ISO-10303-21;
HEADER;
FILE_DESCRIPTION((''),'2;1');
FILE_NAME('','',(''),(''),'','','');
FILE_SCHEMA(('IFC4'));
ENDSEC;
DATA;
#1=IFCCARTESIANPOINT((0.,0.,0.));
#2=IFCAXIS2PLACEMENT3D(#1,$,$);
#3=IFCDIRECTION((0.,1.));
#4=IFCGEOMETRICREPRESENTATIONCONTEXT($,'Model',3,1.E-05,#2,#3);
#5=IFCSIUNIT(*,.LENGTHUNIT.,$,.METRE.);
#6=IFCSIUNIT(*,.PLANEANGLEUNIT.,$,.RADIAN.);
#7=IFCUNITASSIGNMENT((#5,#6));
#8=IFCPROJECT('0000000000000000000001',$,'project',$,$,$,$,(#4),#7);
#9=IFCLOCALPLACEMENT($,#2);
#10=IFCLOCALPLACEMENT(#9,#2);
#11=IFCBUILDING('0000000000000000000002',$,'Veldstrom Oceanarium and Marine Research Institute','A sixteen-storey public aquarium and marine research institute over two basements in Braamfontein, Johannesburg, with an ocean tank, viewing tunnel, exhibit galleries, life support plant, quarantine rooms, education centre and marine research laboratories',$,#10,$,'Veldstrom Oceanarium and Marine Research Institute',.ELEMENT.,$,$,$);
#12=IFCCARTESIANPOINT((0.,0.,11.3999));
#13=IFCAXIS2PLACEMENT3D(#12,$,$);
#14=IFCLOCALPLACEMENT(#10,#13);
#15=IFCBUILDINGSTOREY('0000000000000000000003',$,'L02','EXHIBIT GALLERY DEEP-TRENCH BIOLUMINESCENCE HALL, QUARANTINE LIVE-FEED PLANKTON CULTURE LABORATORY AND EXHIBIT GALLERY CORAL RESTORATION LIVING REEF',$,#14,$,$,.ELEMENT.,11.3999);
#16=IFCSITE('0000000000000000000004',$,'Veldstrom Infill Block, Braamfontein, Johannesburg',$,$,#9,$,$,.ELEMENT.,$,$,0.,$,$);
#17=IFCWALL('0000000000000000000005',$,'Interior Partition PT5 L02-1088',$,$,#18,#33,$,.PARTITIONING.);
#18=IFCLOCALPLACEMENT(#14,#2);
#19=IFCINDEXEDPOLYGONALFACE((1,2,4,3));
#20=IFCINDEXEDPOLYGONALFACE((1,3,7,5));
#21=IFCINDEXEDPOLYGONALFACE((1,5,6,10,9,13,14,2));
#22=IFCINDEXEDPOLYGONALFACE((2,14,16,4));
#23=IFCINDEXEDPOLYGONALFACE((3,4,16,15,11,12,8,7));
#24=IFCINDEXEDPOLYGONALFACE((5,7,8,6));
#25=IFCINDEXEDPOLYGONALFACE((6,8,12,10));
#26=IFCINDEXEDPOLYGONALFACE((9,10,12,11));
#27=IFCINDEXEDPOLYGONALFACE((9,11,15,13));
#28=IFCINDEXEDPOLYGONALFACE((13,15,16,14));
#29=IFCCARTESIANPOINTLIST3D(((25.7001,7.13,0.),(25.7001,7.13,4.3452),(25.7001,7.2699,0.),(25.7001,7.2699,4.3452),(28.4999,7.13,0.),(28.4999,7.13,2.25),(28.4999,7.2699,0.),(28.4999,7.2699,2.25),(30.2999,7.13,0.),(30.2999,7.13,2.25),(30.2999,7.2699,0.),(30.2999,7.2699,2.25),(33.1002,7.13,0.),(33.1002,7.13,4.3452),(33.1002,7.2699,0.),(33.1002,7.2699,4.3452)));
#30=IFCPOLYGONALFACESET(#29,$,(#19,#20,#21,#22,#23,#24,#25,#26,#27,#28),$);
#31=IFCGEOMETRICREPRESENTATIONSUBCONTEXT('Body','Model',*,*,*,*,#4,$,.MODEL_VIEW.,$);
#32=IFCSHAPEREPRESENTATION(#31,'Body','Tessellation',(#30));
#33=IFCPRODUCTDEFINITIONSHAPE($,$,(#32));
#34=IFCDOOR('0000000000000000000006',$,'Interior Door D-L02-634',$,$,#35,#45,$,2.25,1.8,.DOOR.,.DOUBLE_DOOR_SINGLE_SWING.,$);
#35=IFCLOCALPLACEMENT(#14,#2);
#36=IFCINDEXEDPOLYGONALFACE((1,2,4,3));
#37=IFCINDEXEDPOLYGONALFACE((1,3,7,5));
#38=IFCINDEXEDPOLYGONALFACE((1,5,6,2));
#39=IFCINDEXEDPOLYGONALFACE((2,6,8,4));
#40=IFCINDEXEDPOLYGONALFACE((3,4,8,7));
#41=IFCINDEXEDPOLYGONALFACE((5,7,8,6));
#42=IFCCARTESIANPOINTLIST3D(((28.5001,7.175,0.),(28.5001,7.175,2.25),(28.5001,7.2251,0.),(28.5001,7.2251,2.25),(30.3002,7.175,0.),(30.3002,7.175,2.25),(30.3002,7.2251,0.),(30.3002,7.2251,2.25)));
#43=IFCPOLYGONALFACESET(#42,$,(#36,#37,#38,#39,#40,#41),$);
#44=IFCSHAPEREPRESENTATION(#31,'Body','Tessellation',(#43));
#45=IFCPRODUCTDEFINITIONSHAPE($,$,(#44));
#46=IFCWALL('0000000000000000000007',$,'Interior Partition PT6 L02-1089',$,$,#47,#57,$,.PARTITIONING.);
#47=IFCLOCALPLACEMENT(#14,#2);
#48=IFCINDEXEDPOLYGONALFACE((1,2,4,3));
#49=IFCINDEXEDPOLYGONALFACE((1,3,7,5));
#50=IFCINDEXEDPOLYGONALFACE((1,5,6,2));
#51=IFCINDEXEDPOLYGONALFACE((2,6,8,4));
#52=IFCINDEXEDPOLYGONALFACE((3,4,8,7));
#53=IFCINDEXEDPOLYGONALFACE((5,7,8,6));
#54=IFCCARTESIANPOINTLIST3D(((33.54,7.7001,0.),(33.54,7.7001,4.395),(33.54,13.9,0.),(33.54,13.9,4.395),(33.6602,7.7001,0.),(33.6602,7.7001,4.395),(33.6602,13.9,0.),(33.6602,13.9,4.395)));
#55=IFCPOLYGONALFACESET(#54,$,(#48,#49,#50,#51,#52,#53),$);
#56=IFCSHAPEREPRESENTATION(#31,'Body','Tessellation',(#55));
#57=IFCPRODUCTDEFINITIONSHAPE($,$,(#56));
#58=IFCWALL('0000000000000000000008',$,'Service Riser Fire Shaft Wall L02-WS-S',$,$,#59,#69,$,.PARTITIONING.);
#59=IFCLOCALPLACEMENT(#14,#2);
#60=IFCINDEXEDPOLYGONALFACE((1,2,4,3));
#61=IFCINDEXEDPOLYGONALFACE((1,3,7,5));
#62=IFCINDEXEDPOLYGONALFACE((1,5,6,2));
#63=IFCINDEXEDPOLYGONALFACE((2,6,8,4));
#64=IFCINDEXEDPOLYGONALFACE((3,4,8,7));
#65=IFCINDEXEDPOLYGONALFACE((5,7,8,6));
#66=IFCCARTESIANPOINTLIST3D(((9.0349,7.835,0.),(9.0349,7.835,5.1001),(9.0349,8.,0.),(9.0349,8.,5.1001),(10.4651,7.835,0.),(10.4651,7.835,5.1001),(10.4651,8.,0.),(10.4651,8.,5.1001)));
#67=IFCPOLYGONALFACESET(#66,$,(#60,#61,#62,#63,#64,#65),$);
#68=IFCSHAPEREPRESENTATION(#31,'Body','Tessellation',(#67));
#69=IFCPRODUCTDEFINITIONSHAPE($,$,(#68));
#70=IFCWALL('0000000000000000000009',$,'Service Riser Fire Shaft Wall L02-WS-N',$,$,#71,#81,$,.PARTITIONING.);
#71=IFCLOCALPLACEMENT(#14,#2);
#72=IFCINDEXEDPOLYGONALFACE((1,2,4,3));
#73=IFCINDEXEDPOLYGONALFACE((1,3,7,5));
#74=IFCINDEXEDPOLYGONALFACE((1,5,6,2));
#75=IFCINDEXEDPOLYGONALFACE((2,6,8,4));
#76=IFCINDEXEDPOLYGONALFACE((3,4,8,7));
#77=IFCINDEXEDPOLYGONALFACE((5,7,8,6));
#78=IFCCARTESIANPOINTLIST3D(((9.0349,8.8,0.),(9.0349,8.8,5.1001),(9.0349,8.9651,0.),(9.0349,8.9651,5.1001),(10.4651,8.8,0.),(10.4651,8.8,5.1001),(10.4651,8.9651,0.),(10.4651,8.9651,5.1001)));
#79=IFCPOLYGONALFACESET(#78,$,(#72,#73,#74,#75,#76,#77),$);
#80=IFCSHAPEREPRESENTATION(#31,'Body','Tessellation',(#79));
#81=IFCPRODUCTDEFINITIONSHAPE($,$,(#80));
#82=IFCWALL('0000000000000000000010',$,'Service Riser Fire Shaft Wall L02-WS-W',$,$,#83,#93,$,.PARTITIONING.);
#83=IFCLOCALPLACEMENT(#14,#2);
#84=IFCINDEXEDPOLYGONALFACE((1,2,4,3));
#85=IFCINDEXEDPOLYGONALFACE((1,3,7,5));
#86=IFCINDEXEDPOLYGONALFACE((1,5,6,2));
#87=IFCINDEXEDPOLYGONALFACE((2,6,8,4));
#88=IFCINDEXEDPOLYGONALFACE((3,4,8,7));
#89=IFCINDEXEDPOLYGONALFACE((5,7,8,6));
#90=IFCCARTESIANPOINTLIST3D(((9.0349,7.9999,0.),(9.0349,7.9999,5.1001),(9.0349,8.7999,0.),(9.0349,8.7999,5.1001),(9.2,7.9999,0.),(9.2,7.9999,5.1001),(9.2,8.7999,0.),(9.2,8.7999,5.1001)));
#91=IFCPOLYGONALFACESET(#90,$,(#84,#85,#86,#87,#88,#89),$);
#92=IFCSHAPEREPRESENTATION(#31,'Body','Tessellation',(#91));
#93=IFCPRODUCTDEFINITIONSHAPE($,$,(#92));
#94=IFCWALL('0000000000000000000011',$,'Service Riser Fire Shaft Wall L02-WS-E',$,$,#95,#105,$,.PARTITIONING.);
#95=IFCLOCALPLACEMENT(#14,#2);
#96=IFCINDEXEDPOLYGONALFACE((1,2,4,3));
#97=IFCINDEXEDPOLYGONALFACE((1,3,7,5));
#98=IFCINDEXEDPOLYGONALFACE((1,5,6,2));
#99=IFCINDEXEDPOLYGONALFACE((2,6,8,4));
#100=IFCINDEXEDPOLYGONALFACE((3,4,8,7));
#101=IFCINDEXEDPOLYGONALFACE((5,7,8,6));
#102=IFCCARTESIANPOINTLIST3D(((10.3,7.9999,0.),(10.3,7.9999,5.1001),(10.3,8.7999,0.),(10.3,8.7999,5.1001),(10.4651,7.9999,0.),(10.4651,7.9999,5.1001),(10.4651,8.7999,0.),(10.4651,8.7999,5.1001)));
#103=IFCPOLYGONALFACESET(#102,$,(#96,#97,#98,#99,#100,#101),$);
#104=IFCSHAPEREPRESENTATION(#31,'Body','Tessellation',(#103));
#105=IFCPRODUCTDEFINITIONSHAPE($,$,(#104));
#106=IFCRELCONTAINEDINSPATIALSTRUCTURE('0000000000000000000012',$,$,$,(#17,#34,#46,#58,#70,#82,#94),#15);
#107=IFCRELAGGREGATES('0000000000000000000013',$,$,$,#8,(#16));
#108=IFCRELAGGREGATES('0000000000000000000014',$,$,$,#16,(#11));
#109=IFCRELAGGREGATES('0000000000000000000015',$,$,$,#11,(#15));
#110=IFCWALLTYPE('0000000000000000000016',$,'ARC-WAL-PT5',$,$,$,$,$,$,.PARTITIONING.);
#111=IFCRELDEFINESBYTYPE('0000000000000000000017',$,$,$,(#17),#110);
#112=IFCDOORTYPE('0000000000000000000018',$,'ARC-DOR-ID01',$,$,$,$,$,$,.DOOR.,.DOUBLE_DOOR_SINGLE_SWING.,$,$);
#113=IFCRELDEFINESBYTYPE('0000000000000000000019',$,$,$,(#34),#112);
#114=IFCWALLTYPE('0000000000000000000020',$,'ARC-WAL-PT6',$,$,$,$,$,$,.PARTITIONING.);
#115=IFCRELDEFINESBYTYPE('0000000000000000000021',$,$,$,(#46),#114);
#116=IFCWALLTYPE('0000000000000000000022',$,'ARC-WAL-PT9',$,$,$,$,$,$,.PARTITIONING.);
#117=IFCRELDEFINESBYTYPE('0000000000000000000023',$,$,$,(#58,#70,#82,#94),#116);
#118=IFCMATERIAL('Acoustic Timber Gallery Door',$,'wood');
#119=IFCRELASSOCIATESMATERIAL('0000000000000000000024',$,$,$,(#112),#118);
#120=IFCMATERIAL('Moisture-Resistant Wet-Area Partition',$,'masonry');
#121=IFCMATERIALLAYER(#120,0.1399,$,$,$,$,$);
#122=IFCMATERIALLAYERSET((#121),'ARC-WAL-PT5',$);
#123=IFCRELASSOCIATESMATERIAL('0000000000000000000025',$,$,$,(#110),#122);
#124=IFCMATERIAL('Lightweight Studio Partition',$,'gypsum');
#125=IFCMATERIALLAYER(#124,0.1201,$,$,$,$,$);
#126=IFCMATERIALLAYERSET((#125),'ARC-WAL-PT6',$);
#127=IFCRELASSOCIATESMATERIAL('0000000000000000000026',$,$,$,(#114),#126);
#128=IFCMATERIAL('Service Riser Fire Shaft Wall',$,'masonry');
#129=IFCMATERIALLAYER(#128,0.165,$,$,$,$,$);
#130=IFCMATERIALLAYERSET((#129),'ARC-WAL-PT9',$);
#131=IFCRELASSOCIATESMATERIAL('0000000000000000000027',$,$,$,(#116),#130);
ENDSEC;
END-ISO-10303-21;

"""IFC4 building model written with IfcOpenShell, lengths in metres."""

from ifc_helpers import new_model, si_unit, direction, frame, frame_2d, origin, place, context, subcontext, project, spatial, rectangle, extrude, material, layer, layer_set, type_object, element, fill, save


model = new_model("IFC4")

# Units and contexts
model_context = context("Model", 3, precision=1e-05, world=origin(), true_north=direction((0.0, 1.0)))
body_context = subcontext(model_context, "Body", "Model", "MODEL_VIEW")
ifc_project = project(units=[si_unit("LENGTHUNIT", "METRE"), si_unit("PLANEANGLEUNIT", "RADIAN")], contexts=[model_context])

# Site, building, storey
site_placement = place(None, origin())
site = spatial("IfcSite", under=ifc_project, at=site_placement, Name="Veldstrom Infill Block, Braamfontein, Johannesburg", CompositionType="ELEMENT", RefElevation=0.0)
building_placement = place(site_placement, origin())
building = spatial("IfcBuilding", under=site, at=building_placement, Name="Veldstrom Oceanarium and Marine Research Institute", Description="A sixteen-storey public aquarium and marine research institute over two basements in Braamfontein, Johannesburg, with an ocean tank, viewing tunnel, exhibit galleries, life support plant, quarantine rooms, education centre and marine research laboratories", LongName="Veldstrom Oceanarium and Marine Research Institute", CompositionType="ELEMENT")
storey_placement = place(building_placement, frame((0.0, 0.0, 11.3999)))
storey = spatial("IfcBuildingStorey", under=building, at=storey_placement, Name="L02", Description="EXHIBIT GALLERY DEEP-TRENCH BIOLUMINESCENCE HALL, QUARANTINE LIVE-FEED PLANKTON CULTURE LABORATORY AND EXHIBIT GALLERY CORAL RESTORATION LIVING REEF", CompositionType="ELEMENT", Elevation=11.3999)

# Wall, opening, door
ifc_material_1 = material(Name="Acoustic Timber Gallery Door", Category="wood")
door_type_1 = type_object("IfcDoorType", Name="ARC-DOR-ID01", OperationType="DOUBLE_DOOR_SINGLE_SWING", PredefinedType="DOOR", material=ifc_material_1)
ifc_material_2 = material(Name="Moisture-Resistant Wet-Area Partition", Category="masonry")
ifc_layer_1 = layer(ifc_material_2, 0.1399)
ifc_layer_set_1 = layer_set([ifc_layer_1], Name="ARC-WAL-PT5")
wall_type_1 = type_object("IfcWallType", Name="ARC-WAL-PT5", PredefinedType="PARTITIONING", material=ifc_layer_set_1)
wall_1_placement = place(storey_placement, frame((25.7, 7.2, 0.0), z_axis=(0.0, 0.0, 1.0), x_axis=(1.0, 0.0, 0.0)))
wall_1 = element("IfcWall", 1, at=wall_1_placement, inside=storey, type_object=wall_type_1, Name="Interior Partition PT5 L02-1088", PredefinedType="PARTITIONING", context=body_context, shape_type="SweptSolid", body=[
    extrude(rectangle(XDim=7.4001, YDim=0.1399, at=frame_2d((3.7002, 0.0))), origin(), (0.0, 0.0, 1.0), 4.3452),
])
opening_1_placement = place(wall_1_placement, frame((2.8, 0.0, 0.0)))
opening_1 = element("IfcOpeningElement", 2, at=opening_1_placement, cuts=wall_1, PredefinedType="OPENING", context=body_context, shape_type="SweptSolid", body=[
    extrude(rectangle(XDim=1.8, YDim=2.25, at=frame_2d((0.8999, 1.125))), frame((0.0, 0.0798, 0.0), z_axis=(0.0, -1.0, 0.0), x_axis=(1.0, 0.0, 0.0)), (0.0, 0.0, 1.0), 0.1599),
])
door_1_placement = place(opening_1_placement, frame((1.8, 0.0, 0.0), z_axis=(0.0, 0.0, 1.0), x_axis=(-1.0, 0.0, 0.0)))
door_1 = element("IfcDoor", 3, at=door_1_placement, inside=storey, type_object=door_type_1, Name="Interior Door D-L02-634", OperationType="DOUBLE_DOOR_SINGLE_SWING", OverallHeight=2.25, OverallWidth=1.8, PredefinedType="DOOR", context=body_context, shape_type="SweptSolid", body=[
    extrude(rectangle(XDim=1.8, YDim=2.25, at=frame_2d((0.8999, 1.125))), frame((0.0, 0.0249, 0.0), z_axis=(0.0, -1.0, 0.0), x_axis=(1.0, 0.0, 0.0)), (0.0, 0.0, 1.0), 0.05),
])
fill(opening_1, door_1)

# Walls
ifc_material_3 = material(Name="Lightweight Studio Partition", Category="gypsum")
ifc_layer_2 = layer(ifc_material_3, 0.1201)
ifc_layer_set_2 = layer_set([ifc_layer_2], Name="ARC-WAL-PT6")
wall_type_2 = type_object("IfcWallType", Name="ARC-WAL-PT6", PredefinedType="PARTITIONING", material=ifc_layer_set_2)
wall_2_placement = place(storey_placement, frame((33.6001, 7.7, 0.0), z_axis=(0.0, 0.0, 1.0), x_axis=(0.0, 1.0, 0.0)))
element("IfcWall", 4, at=wall_2_placement, inside=storey, type_object=wall_type_2, Name="Interior Partition PT6 L02-1089", PredefinedType="PARTITIONING", context=body_context, shape_type="SweptSolid", body=[
    extrude(rectangle(XDim=6.2, YDim=0.1201, at=frame_2d((3.1001, 0.0))), origin(), (0.0, 0.0, 1.0), 4.395),
])
ifc_material_4 = material(Name="Service Riser Fire Shaft Wall", Category="masonry")
ifc_layer_3 = layer(ifc_material_4, 0.165)
ifc_layer_set_3 = layer_set([ifc_layer_3], Name="ARC-WAL-PT9")
wall_type_3 = type_object("IfcWallType", Name="ARC-WAL-PT9", PredefinedType="PARTITIONING", material=ifc_layer_set_3)
for number, where, z_axis, x_axis, name in (
    (5, (9.0349, 7.9175, 0.0), (0.0, 0.0, 1.0), (1.0, 0.0, 0.0), "Service Riser Fire Shaft Wall L02-WS-S"),
    (6, (9.0349, 8.8826, 0.0), (0.0, 0.0, 1.0), (1.0, 0.0, 0.0), "Service Riser Fire Shaft Wall L02-WS-N"),
):
    element("IfcWall", number, at=place(storey_placement, frame(where, z_axis=z_axis, x_axis=x_axis)), inside=storey, type_object=wall_type_3, Name=name, PredefinedType="PARTITIONING", context=body_context, shape_type="SweptSolid", body=[
        extrude(rectangle(XDim=1.4302, YDim=0.165, at=frame_2d((0.7151, 0.0))), origin(), (0.0, 0.0, 1.0), 5.1001),
    ])
for number, where, z_axis, x_axis, name in (
    (7, (9.1174, 8.0, 0.0), (0.0, 0.0, 1.0), (0.0, 1.0, 0.0), "Service Riser Fire Shaft Wall L02-WS-W"),
    (8, (10.3826, 8.0, 0.0), (0.0, 0.0, 1.0), (0.0, 1.0, 0.0), "Service Riser Fire Shaft Wall L02-WS-E"),
):
    element("IfcWall", number, at=place(storey_placement, frame(where, z_axis=z_axis, x_axis=x_axis)), inside=storey, type_object=wall_type_3, Name=name, PredefinedType="PARTITIONING", context=body_context, shape_type="SweptSolid", body=[
        extrude(rectangle(XDim=0.8, YDim=0.165, at=frame_2d((0.3999, 0.0))), origin(), (0.0, 0.0, 1.0), 5.1001),
    ])

save(model, "model.ifc")
